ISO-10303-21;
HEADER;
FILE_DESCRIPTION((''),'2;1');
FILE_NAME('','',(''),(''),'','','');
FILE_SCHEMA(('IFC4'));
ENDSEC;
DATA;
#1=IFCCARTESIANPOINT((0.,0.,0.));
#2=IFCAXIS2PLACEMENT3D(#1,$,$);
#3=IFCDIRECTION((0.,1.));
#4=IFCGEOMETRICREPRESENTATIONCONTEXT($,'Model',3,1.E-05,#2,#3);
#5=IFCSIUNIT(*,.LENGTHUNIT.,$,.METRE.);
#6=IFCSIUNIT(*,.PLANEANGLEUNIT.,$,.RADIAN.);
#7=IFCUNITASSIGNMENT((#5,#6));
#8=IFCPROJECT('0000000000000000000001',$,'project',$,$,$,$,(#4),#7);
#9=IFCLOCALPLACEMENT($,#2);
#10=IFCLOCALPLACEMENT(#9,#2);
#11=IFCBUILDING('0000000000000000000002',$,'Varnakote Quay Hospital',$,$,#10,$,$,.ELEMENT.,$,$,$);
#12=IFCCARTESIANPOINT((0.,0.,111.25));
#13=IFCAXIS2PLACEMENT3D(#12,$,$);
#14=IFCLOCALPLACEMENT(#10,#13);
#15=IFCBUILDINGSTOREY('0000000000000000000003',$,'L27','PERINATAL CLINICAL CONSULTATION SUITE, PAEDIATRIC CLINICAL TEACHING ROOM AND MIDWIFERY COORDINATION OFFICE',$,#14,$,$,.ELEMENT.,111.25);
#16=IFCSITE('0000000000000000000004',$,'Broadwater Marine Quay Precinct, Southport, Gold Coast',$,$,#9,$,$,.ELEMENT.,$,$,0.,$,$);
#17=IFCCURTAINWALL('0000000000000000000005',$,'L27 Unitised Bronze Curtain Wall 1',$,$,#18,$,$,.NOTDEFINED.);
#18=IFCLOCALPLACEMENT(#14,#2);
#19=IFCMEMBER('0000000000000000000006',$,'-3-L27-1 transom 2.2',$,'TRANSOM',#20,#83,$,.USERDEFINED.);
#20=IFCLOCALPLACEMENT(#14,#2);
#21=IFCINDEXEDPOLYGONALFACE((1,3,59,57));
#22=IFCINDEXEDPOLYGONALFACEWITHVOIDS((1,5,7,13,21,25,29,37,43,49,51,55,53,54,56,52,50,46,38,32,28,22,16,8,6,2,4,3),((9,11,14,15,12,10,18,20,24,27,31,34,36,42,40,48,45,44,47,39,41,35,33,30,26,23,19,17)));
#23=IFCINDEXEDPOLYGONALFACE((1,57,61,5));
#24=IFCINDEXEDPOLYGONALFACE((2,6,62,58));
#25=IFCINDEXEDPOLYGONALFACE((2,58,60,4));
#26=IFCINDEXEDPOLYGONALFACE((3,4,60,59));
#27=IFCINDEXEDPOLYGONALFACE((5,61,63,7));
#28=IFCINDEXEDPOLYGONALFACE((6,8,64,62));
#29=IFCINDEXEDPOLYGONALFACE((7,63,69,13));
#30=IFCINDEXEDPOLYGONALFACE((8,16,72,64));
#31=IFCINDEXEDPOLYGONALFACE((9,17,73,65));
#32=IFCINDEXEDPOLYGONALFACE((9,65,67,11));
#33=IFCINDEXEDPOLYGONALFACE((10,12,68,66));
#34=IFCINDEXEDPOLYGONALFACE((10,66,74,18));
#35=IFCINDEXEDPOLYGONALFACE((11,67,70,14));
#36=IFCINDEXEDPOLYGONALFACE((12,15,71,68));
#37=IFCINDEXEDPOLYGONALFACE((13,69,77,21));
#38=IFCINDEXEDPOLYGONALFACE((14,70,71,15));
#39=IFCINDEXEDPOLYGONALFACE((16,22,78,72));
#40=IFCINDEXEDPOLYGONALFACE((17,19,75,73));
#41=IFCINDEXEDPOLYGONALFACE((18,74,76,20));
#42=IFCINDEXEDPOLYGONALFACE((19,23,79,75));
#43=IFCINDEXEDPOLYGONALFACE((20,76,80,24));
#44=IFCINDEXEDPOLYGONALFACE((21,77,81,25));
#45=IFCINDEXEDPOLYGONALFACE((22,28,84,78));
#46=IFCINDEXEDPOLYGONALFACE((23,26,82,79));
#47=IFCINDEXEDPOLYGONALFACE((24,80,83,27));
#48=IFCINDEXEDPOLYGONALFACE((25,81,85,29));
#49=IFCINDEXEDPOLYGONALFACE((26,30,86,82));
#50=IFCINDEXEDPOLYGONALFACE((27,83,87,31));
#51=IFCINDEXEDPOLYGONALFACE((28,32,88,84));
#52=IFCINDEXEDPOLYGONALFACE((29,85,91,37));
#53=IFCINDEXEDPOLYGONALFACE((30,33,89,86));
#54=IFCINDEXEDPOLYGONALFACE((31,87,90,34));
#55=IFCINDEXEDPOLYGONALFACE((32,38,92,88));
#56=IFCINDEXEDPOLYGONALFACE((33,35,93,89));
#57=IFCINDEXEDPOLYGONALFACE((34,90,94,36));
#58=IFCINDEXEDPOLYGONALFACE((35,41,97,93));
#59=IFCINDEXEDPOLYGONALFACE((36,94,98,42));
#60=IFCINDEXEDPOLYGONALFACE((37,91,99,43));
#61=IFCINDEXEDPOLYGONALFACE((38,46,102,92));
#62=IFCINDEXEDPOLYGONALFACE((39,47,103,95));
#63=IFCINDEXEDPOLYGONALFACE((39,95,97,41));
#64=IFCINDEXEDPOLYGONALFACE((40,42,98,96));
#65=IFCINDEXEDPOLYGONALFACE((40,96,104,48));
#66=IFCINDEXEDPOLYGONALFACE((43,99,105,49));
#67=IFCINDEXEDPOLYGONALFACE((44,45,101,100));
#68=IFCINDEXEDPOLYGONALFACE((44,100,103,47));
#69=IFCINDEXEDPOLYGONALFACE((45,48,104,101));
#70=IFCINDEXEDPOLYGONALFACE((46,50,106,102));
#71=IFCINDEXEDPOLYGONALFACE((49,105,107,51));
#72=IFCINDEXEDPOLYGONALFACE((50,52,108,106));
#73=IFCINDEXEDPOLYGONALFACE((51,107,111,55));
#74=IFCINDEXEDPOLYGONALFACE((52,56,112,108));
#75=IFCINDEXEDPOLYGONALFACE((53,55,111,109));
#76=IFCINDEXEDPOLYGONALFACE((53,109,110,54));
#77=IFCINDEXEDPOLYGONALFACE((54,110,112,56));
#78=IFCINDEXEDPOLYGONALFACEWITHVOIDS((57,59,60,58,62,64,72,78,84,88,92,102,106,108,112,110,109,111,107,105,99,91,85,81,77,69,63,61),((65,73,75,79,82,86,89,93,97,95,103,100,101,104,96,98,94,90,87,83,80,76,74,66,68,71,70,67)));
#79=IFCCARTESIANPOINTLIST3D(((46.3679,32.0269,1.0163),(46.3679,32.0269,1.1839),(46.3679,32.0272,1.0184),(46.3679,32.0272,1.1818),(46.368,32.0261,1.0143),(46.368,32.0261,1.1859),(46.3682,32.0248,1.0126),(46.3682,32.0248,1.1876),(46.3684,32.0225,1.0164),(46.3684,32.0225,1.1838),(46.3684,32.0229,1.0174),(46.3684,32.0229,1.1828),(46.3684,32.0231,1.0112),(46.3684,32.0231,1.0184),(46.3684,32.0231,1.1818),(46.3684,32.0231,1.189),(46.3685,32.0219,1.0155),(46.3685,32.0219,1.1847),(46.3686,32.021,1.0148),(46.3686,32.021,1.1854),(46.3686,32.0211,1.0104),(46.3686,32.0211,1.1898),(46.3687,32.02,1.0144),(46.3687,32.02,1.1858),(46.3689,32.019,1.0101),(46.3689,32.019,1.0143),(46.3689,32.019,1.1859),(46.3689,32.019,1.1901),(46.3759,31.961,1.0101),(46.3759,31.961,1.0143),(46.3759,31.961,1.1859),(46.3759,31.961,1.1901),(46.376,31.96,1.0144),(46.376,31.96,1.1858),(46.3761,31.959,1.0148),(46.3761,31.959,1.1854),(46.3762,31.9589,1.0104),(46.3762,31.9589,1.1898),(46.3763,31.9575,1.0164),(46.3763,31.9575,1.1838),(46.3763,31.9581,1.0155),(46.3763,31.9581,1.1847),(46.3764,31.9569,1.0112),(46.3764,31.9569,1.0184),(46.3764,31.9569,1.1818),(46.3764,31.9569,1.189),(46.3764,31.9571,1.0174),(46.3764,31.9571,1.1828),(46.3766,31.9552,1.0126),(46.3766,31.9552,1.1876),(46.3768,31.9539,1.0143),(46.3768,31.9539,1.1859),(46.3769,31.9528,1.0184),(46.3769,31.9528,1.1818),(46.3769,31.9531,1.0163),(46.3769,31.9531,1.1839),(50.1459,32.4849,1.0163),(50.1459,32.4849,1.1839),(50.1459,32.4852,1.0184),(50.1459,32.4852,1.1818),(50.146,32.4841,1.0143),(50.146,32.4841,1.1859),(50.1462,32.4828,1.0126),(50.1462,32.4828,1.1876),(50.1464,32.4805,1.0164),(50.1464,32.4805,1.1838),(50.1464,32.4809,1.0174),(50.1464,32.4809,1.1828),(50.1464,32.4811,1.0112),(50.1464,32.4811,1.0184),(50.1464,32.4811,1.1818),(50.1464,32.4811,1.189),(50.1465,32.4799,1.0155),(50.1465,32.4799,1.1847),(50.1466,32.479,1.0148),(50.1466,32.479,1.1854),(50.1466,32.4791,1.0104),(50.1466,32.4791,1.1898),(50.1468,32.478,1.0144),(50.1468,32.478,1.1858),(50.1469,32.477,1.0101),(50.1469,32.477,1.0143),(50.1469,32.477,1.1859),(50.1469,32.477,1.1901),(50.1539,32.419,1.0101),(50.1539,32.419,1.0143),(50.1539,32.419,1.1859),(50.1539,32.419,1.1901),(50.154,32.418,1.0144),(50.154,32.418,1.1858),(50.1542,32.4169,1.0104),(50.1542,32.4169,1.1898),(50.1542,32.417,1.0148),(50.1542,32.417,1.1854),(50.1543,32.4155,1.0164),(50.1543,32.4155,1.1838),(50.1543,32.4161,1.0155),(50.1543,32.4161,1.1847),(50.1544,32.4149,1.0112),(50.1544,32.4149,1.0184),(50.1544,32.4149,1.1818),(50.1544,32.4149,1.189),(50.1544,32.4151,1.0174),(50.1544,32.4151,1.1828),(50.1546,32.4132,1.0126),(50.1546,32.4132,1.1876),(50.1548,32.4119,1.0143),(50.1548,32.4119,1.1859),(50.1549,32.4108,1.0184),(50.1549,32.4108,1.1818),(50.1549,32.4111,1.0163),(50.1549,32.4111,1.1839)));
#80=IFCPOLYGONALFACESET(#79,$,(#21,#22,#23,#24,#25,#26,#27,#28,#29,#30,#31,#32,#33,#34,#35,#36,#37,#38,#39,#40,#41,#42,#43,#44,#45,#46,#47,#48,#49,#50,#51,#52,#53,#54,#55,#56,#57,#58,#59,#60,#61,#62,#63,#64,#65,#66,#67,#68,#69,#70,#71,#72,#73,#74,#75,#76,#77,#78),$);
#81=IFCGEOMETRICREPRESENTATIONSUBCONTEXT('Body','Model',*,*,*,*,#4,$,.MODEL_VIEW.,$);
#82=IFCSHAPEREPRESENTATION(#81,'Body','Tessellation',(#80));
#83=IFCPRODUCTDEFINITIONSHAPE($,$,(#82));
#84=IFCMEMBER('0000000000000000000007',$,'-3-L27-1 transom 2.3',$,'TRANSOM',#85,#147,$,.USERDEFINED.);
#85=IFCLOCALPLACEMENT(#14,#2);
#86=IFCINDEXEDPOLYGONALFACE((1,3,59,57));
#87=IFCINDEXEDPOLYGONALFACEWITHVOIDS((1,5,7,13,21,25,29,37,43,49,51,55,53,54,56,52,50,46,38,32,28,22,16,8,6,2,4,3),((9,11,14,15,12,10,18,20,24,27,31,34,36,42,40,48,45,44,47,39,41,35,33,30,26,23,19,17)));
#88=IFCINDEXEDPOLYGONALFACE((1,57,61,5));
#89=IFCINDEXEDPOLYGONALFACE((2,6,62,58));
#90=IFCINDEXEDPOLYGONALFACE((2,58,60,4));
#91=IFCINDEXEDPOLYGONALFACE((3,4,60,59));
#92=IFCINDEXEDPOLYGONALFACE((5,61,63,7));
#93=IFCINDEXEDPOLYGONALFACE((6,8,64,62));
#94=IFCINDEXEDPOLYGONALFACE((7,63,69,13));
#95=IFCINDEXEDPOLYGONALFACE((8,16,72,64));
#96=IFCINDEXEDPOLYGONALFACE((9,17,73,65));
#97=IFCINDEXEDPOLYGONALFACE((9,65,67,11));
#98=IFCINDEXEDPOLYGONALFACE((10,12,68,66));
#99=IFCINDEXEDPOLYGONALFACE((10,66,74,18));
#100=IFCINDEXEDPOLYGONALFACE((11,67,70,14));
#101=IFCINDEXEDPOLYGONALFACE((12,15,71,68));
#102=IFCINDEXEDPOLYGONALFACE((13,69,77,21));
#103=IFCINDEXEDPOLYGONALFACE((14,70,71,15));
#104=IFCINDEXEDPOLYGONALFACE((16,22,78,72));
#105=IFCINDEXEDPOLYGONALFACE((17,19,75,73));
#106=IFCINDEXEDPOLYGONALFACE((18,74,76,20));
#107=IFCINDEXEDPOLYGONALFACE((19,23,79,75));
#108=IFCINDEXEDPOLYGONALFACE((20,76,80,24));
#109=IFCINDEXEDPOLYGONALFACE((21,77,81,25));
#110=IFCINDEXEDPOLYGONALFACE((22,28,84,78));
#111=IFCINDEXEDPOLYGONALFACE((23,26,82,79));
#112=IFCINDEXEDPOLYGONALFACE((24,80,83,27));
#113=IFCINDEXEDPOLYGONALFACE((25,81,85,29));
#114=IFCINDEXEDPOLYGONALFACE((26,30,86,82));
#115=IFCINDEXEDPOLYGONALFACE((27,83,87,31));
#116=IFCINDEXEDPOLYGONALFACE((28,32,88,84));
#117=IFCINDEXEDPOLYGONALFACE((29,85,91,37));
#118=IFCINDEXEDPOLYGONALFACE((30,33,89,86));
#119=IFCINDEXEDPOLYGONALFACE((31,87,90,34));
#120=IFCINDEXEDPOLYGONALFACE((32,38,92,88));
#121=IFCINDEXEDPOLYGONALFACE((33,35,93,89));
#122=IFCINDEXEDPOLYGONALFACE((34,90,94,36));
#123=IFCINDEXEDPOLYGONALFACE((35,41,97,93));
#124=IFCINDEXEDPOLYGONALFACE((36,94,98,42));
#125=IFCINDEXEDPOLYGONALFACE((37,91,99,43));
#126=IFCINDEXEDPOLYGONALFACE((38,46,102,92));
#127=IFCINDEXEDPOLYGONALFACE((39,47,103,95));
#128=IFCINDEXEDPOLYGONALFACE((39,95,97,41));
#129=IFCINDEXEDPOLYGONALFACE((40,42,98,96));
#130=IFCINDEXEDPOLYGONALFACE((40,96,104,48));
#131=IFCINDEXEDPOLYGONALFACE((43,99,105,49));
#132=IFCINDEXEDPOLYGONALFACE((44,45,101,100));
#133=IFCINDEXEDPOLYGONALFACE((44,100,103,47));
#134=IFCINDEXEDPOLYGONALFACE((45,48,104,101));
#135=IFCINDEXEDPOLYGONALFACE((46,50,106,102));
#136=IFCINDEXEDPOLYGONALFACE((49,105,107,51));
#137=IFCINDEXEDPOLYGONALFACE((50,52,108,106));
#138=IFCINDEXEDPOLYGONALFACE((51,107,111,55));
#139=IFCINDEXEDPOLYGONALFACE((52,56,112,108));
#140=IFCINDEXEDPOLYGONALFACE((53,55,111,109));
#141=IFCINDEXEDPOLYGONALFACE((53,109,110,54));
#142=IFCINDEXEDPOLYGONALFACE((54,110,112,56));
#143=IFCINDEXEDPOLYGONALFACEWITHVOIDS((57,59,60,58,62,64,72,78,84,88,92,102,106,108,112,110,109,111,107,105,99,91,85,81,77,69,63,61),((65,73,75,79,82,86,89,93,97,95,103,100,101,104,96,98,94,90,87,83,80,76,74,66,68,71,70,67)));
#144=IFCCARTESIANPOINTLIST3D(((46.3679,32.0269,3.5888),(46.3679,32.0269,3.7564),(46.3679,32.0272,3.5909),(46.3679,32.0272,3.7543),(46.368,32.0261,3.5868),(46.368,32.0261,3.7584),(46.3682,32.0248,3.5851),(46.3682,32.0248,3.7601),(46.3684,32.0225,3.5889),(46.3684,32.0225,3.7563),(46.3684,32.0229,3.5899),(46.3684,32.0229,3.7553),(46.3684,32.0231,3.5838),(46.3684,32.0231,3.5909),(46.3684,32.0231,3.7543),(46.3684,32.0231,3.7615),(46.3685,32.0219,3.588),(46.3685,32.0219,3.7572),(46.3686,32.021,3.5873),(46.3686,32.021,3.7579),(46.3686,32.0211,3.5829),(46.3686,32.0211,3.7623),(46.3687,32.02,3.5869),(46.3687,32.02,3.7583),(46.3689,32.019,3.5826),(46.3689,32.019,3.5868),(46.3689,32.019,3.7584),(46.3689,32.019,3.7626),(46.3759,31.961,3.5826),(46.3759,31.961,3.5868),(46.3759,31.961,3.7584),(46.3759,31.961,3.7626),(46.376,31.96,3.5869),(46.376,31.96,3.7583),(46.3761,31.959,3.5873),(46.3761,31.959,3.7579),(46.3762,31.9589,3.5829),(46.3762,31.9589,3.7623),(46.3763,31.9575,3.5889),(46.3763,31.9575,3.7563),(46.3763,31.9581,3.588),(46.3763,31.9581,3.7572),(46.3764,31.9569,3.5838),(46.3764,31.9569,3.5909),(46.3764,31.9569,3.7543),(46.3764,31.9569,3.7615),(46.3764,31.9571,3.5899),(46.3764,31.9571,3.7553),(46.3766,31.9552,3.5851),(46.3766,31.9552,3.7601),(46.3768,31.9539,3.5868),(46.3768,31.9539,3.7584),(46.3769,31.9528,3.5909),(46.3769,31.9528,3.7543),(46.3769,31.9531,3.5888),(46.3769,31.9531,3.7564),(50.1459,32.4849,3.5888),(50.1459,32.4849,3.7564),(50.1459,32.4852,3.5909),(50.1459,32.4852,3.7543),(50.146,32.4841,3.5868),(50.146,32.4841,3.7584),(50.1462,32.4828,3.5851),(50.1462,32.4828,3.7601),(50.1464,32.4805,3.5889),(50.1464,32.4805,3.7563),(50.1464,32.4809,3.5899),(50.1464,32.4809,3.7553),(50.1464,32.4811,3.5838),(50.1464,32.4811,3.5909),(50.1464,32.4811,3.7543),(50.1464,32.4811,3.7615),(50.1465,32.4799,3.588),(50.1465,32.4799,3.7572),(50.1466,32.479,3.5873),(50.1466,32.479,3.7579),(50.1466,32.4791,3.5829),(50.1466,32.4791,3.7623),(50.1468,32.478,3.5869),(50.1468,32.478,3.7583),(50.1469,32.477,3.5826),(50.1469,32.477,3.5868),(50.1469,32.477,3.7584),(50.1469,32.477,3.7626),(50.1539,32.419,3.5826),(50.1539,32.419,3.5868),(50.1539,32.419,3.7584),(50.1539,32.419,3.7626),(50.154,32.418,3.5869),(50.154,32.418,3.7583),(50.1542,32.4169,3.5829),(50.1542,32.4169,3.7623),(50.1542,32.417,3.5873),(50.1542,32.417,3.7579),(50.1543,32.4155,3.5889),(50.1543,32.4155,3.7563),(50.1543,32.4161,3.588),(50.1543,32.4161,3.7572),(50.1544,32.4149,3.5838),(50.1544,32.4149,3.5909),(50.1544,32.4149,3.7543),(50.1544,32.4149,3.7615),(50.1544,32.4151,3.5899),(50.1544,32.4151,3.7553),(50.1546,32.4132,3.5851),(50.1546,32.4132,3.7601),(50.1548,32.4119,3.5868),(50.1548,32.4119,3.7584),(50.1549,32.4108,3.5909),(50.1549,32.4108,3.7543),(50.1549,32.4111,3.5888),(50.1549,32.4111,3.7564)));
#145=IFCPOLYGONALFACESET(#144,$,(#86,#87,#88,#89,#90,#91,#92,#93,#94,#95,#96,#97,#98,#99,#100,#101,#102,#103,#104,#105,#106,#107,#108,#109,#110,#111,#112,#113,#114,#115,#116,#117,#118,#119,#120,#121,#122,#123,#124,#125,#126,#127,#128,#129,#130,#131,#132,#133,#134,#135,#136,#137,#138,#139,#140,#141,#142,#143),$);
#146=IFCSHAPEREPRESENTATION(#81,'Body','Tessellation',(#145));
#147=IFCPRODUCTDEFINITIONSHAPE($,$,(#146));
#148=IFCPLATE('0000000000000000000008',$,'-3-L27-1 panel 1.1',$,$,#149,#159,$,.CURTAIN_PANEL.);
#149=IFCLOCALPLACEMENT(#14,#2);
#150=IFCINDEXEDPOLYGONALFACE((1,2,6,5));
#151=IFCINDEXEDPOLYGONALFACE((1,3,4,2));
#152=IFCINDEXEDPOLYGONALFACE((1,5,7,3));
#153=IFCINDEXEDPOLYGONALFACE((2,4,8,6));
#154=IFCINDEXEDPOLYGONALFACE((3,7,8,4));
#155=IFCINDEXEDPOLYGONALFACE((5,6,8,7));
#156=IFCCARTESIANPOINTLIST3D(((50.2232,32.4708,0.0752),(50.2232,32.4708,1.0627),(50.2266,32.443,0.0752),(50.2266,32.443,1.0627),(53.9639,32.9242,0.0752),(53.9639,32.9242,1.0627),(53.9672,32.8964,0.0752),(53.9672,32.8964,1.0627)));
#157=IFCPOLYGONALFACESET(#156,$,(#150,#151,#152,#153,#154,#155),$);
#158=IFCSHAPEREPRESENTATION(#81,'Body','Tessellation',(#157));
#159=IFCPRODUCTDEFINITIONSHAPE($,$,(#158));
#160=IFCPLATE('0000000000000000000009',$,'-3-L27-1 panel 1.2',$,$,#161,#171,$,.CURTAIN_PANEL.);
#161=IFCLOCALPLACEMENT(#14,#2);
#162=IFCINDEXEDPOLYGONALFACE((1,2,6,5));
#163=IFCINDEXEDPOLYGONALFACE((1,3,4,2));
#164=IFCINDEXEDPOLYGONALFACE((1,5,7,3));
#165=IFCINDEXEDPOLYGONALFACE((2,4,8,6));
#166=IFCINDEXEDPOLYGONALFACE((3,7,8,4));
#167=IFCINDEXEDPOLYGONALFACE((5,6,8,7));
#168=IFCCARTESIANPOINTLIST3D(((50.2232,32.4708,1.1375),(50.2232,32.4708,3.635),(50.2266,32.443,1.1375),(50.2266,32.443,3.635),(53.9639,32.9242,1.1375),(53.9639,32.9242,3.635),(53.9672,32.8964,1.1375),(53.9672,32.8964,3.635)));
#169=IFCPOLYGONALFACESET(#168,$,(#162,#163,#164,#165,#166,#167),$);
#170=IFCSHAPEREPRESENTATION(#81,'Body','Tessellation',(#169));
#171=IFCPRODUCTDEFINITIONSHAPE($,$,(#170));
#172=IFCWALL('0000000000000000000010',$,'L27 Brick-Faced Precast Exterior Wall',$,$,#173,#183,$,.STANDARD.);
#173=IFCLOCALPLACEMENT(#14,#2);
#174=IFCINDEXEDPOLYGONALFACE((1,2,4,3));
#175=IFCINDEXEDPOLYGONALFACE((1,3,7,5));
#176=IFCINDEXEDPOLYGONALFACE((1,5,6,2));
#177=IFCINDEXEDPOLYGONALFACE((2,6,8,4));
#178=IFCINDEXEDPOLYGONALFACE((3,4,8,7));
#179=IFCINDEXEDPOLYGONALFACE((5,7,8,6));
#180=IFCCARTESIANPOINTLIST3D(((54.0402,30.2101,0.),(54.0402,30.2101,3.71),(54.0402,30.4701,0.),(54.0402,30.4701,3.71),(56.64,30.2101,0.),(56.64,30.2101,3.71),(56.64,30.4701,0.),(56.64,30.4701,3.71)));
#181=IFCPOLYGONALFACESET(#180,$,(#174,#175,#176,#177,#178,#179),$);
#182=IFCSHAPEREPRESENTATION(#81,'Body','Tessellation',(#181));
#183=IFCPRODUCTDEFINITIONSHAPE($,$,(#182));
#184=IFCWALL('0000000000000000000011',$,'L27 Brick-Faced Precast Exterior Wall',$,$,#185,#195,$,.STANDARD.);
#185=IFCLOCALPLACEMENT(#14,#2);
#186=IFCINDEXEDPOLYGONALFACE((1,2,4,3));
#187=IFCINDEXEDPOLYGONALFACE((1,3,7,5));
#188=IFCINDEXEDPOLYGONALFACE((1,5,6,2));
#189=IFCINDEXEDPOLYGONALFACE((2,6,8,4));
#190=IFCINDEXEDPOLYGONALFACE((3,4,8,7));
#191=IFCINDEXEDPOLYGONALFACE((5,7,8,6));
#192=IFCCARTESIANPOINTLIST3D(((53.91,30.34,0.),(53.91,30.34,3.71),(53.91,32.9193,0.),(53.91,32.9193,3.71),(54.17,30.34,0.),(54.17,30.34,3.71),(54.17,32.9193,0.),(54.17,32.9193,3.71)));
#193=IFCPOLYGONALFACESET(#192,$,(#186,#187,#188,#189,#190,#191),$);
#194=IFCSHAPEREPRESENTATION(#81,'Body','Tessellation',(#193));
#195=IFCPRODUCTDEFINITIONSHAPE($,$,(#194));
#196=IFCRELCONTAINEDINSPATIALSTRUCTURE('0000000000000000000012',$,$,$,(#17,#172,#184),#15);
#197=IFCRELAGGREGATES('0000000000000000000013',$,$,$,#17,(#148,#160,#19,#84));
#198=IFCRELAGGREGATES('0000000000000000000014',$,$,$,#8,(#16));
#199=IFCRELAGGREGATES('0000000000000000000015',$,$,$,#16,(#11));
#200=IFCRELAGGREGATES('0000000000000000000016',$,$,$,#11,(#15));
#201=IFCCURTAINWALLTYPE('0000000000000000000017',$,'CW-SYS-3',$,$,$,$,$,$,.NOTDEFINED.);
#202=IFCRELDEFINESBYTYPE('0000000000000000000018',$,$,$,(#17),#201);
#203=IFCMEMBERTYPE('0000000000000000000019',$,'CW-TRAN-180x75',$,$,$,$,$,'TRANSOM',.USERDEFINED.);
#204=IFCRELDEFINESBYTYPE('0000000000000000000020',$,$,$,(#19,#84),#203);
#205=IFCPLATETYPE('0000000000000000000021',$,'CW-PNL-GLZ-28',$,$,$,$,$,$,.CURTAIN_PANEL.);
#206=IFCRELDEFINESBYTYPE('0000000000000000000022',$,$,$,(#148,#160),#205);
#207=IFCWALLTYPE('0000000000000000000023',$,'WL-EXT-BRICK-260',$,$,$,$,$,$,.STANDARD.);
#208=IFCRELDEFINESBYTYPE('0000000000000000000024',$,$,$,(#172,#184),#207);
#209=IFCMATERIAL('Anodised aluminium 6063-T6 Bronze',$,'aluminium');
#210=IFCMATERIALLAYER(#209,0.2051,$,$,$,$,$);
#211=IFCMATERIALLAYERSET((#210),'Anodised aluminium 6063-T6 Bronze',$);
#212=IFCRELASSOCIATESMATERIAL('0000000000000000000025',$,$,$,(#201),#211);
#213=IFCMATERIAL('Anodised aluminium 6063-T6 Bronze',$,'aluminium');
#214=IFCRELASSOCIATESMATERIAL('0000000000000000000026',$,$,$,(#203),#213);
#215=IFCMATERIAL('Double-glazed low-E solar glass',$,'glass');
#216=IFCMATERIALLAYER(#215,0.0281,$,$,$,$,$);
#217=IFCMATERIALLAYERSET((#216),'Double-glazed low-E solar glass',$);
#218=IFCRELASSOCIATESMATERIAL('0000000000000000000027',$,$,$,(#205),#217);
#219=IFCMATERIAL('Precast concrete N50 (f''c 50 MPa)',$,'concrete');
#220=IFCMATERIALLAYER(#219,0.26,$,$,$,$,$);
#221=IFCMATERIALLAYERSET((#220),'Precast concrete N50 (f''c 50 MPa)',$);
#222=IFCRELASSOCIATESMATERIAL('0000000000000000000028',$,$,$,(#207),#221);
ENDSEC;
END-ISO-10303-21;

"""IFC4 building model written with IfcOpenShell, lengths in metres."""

from ifc_helpers import new_model, si_unit, direction, frame, frame_2d, origin, origin_2d, place, context, subcontext, project, spatial, rectangle, hollow_rectangle, extrude, material, layer, layer_set, material_profile, profile_set, type_object, element, aggregate, save


model = new_model("IFC4")

# Units and contexts
model_context = context("Model", 3, precision=1e-05, world=origin(), true_north=direction((0.0, 1.0)))
body_context = subcontext(model_context, "Body", "Model", "MODEL_VIEW")
ifc_project = project(units=[si_unit("LENGTHUNIT", "METRE"), si_unit("PLANEANGLEUNIT", "RADIAN")], contexts=[model_context])

# Site, building, storey
site_placement = place(None, origin())
site = spatial("IfcSite", under=ifc_project, at=site_placement, Name="Broadwater Marine Quay Precinct, Southport, Gold Coast", CompositionType="ELEMENT", RefElevation=0.0)
building_placement = place(site_placement, origin())
building = spatial("IfcBuilding", under=site, at=building_placement, Name="Varnakote Quay Hospital", CompositionType="ELEMENT")
storey_placement = place(building_placement, frame((0.0, 0.0, 111.25)))
storey = spatial("IfcBuildingStorey", under=building, at=storey_placement, Name="L27", Description="PERINATAL CLINICAL CONSULTATION SUITE, PAEDIATRIC CLINICAL TEACHING ROOM AND MIDWIFERY COORDINATION OFFICE", CompositionType="ELEMENT", Elevation=111.25)

# Curtain wall, members, plates
ifc_material_1 = material(Name="Anodised aluminium 6063-T6 Bronze", Category="aluminium")
ifc_layer_1 = layer(ifc_material_1, 0.2051)
ifc_layer_set_1 = layer_set([ifc_layer_1], Name="Anodised aluminium 6063-T6 Bronze")
curtain_wall_type = type_object("IfcCurtainWallType", Name="CW-SYS-3", PredefinedType="NOTDEFINED", material=ifc_layer_set_1)
curtain_wall_placement = place(storey_placement, origin())
curtain_wall = element("IfcCurtainWall", 1, at=curtain_wall_placement, inside=storey, type_object=curtain_wall_type, Name="L27 Unitised Bronze Curtain Wall 1", PredefinedType="NOTDEFINED")
ifc_material_2 = material(Name="Anodised aluminium 6063-T6 Bronze", Category="aluminium")
ifc_material_profile_1 = material_profile(ifc_material_2, hollow_rectangle(XDim=0.075, YDim=0.1799, WallThickness=0.0042, InnerFilletRadius=0.0042, OuterFilletRadius=0.0083, at=origin_2d()), Name="CW-TRAN-180x75")
ifc_profile_set_1 = profile_set([ifc_material_profile_1], Name="Anodised aluminium 6063-T6 Bronze")
member_type_1 = type_object("IfcMemberType", Name="CW-TRAN-180x75", ElementType="TRANSOM", PredefinedType="USERDEFINED", material=ifc_profile_set_1)
member_1_placement = place(storey_placement, frame((50.1504, 32.448, 1.1001), z_axis=(-0.992732, -0.120347, 0.0), x_axis=(0.120347, -0.992732, 0.0)))
member_1 = element("IfcMember", 2, at=member_1_placement, type_object=member_type_1, Name="-3-L27-1 transom 2.2", ObjectType="TRANSOM", PredefinedType="USERDEFINED", context=body_context, shape_type="SweptSolid", body=[
    extrude(hollow_rectangle(XDim=0.075, YDim=0.1799, WallThickness=0.0042, InnerFilletRadius=0.0042, OuterFilletRadius=0.0083, at=origin_2d()), origin(), (0.0, 0.0, 1.0), 3.8057),
])
member_2_placement = place(storey_placement, frame((50.1504, 32.448, 3.6726), z_axis=(-0.992732, -0.120347, 0.0), x_axis=(0.120347, -0.992732, 0.0)))
member_2 = element("IfcMember", 3, at=member_2_placement, type_object=member_type_1, Name="-3-L27-1 transom 2.3", ObjectType="TRANSOM", PredefinedType="USERDEFINED", context=body_context, shape_type="SweptSolid", body=[
    extrude(hollow_rectangle(XDim=0.075, YDim=0.1799, WallThickness=0.0042, InnerFilletRadius=0.0042, OuterFilletRadius=0.0083, at=origin_2d()), origin(), (0.0, 0.0, 1.0), 3.8057),
])
ifc_material_3 = material(Name="Double-glazed low-E solar glass", Category="glass")
ifc_layer_2 = layer(ifc_material_3, 0.0281)
ifc_layer_set_2 = layer_set([ifc_layer_2], Name="Double-glazed low-E solar glass")
plate_type = type_object("IfcPlateType", Name="CW-PNL-GLZ-28", PredefinedType="CURTAIN_PANEL", material=ifc_layer_set_2)
plate_1_placement = place(storey_placement, frame((52.0952, 32.6836, 0.0752), z_axis=(0.0, 0.0, 1.0), x_axis=(-0.992734, -0.120327, 0.0)))
plate_1 = element("IfcPlate", 4, at=plate_1_placement, type_object=plate_type, Name="-3-L27-1 panel 1.1", PredefinedType="CURTAIN_PANEL", context=body_context, shape_type="SweptSolid", body=[
    extrude(rectangle(XDim=3.7681, YDim=0.0281, at=origin_2d()), origin(), (0.0, 0.0, 1.0), 0.9875),
])
plate_2_placement = place(storey_placement, frame((52.0952, 32.6836, 1.1375), z_axis=(0.0, 0.0, 1.0), x_axis=(-0.992734, -0.120327, 0.0)))
plate_2 = element("IfcPlate", 5, at=plate_2_placement, type_object=plate_type, Name="-3-L27-1 panel 1.2", PredefinedType="CURTAIN_PANEL", context=body_context, shape_type="SweptSolid", body=[
    extrude(rectangle(XDim=3.7681, YDim=0.0281, at=origin_2d()), origin(), (0.0, 0.0, 1.0), 2.4976),
])
aggregate(curtain_wall, [plate_1, plate_2, member_1, member_2])

# Walls
ifc_material_4 = material(Name="Precast concrete N50 (f'c 50 MPa)", Category="concrete")
ifc_layer_3 = layer(ifc_material_4, 0.26)
ifc_layer_set_3 = layer_set([ifc_layer_3], Name="Precast concrete N50 (f'c 50 MPa)")
wall_type_1 = type_object("IfcWallType", Name="WL-EXT-BRICK-260", PredefinedType="STANDARD", material=ifc_layer_set_3)
wall_1_placement = place(storey_placement, frame((56.6399, 30.3401, 0.0), z_axis=(0.0, 0.0, 1.0), x_axis=(-1.0, 0.0, 0.0)))
element("IfcWall", 6, at=wall_1_placement, inside=storey, type_object=wall_type_1, Name="L27 Brick-Faced Precast Exterior Wall", PredefinedType="STANDARD", context=body_context, shape_type="SweptSolid", body=[
    extrude(rectangle(XDim=2.5999, YDim=0.26, at=frame_2d((1.2998, 0.0))), origin(), (0.0, 0.0, 1.0), 3.71),
])
wall_2_placement = place(storey_placement, frame((54.04, 30.3401, 0.0), z_axis=(0.0, 0.0, 1.0), x_axis=(0.0, 1.0, 0.0)))
element("IfcWall", 7, at=wall_2_placement, inside=storey, type_object=wall_type_1, Name="L27 Brick-Faced Precast Exterior Wall", PredefinedType="STANDARD", context=body_context, shape_type="SweptSolid", body=[
    extrude(rectangle(XDim=2.5793, YDim=0.26, at=frame_2d((1.2896, 0.0))), origin(), (0.0, 0.0, 1.0), 3.71),
])

save(model, "model.ifc")
